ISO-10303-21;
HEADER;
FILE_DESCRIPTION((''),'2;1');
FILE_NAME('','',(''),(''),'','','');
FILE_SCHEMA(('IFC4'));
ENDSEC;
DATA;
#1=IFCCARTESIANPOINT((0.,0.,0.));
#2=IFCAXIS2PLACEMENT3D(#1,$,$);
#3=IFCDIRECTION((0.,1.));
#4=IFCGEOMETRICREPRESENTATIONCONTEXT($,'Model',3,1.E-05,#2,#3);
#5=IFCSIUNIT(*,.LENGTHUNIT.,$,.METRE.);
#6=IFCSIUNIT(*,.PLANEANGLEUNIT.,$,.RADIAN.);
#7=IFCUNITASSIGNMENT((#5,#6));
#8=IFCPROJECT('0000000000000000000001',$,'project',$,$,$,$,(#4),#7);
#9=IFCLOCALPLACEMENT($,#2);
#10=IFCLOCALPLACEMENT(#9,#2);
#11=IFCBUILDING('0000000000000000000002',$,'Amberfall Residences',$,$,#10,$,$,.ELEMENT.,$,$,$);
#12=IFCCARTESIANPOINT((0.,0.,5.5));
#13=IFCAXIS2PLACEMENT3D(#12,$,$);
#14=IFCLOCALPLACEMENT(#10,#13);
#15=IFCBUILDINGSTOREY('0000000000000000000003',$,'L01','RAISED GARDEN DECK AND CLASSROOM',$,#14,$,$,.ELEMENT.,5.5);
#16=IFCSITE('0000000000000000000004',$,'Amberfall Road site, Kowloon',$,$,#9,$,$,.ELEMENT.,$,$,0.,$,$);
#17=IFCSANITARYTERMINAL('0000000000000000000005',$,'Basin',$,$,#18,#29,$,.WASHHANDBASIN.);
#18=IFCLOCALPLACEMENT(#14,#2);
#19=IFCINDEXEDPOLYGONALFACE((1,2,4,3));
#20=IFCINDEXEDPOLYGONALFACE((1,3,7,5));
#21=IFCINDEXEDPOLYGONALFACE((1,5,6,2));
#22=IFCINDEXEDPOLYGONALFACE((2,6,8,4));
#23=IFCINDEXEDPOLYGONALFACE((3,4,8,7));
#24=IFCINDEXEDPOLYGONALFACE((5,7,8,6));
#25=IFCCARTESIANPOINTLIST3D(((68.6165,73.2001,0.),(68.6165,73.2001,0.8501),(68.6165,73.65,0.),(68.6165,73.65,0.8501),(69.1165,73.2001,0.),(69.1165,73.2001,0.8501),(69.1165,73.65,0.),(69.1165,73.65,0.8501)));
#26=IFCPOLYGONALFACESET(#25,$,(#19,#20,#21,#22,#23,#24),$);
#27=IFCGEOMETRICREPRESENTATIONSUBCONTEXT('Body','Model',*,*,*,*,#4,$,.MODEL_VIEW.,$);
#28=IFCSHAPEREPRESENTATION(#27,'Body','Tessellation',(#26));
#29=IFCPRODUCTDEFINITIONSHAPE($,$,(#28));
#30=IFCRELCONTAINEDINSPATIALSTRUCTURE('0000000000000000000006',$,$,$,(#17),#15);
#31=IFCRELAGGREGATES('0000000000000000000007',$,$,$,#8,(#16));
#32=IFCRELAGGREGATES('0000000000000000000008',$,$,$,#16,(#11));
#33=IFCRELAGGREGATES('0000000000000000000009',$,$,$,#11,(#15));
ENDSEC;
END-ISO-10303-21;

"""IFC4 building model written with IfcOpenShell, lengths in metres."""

from ifc_helpers import new_model, si_unit, direction, frame, origin, origin_2d, place, context, subcontext, project, spatial, rectangle, extrude, element, save


model = new_model("IFC4")

# Units and contexts
model_context = context("Model", 3, precision=1e-05, world=origin(), true_north=direction((0.0, 1.0)))
body_context = subcontext(model_context, "Body", "Model", "MODEL_VIEW")
ifc_project = project(units=[si_unit("LENGTHUNIT", "METRE"), si_unit("PLANEANGLEUNIT", "RADIAN")], contexts=[model_context])

# Site, building, storey
site_placement = place(None, origin())
site = spatial("IfcSite", under=ifc_project, at=site_placement, Name="Amberfall Road site, Kowloon", CompositionType="ELEMENT", RefElevation=0.0)
building_placement = place(site_placement, origin())
building = spatial("IfcBuilding", under=site, at=building_placement, Name="Amberfall Residences", CompositionType="ELEMENT")
storey_placement = place(building_placement, frame((0.0, 0.0, 5.5)))
storey = spatial("IfcBuildingStorey", under=building, at=storey_placement, Name="L01", Description="RAISED GARDEN DECK AND CLASSROOM", CompositionType="ELEMENT", Elevation=5.5)

# Sanitary terminal
sanitary_terminal_placement = place(storey_placement, frame((68.8665, 73.425, 0.0), z_axis=(0.0, 0.0, 1.0), x_axis=(1.0, 0.0, 0.0)))
element("IfcSanitaryTerminal", 1, at=sanitary_terminal_placement, inside=storey, Name="Basin", PredefinedType="WASHHANDBASIN", context=body_context, shape_type="SweptSolid", body=[
    extrude(rectangle(XDim=0.5, YDim=0.45, at=origin_2d()), origin(), (0.0, 0.0, 1.0), 0.8501),
])

save(model, "model.ifc")
